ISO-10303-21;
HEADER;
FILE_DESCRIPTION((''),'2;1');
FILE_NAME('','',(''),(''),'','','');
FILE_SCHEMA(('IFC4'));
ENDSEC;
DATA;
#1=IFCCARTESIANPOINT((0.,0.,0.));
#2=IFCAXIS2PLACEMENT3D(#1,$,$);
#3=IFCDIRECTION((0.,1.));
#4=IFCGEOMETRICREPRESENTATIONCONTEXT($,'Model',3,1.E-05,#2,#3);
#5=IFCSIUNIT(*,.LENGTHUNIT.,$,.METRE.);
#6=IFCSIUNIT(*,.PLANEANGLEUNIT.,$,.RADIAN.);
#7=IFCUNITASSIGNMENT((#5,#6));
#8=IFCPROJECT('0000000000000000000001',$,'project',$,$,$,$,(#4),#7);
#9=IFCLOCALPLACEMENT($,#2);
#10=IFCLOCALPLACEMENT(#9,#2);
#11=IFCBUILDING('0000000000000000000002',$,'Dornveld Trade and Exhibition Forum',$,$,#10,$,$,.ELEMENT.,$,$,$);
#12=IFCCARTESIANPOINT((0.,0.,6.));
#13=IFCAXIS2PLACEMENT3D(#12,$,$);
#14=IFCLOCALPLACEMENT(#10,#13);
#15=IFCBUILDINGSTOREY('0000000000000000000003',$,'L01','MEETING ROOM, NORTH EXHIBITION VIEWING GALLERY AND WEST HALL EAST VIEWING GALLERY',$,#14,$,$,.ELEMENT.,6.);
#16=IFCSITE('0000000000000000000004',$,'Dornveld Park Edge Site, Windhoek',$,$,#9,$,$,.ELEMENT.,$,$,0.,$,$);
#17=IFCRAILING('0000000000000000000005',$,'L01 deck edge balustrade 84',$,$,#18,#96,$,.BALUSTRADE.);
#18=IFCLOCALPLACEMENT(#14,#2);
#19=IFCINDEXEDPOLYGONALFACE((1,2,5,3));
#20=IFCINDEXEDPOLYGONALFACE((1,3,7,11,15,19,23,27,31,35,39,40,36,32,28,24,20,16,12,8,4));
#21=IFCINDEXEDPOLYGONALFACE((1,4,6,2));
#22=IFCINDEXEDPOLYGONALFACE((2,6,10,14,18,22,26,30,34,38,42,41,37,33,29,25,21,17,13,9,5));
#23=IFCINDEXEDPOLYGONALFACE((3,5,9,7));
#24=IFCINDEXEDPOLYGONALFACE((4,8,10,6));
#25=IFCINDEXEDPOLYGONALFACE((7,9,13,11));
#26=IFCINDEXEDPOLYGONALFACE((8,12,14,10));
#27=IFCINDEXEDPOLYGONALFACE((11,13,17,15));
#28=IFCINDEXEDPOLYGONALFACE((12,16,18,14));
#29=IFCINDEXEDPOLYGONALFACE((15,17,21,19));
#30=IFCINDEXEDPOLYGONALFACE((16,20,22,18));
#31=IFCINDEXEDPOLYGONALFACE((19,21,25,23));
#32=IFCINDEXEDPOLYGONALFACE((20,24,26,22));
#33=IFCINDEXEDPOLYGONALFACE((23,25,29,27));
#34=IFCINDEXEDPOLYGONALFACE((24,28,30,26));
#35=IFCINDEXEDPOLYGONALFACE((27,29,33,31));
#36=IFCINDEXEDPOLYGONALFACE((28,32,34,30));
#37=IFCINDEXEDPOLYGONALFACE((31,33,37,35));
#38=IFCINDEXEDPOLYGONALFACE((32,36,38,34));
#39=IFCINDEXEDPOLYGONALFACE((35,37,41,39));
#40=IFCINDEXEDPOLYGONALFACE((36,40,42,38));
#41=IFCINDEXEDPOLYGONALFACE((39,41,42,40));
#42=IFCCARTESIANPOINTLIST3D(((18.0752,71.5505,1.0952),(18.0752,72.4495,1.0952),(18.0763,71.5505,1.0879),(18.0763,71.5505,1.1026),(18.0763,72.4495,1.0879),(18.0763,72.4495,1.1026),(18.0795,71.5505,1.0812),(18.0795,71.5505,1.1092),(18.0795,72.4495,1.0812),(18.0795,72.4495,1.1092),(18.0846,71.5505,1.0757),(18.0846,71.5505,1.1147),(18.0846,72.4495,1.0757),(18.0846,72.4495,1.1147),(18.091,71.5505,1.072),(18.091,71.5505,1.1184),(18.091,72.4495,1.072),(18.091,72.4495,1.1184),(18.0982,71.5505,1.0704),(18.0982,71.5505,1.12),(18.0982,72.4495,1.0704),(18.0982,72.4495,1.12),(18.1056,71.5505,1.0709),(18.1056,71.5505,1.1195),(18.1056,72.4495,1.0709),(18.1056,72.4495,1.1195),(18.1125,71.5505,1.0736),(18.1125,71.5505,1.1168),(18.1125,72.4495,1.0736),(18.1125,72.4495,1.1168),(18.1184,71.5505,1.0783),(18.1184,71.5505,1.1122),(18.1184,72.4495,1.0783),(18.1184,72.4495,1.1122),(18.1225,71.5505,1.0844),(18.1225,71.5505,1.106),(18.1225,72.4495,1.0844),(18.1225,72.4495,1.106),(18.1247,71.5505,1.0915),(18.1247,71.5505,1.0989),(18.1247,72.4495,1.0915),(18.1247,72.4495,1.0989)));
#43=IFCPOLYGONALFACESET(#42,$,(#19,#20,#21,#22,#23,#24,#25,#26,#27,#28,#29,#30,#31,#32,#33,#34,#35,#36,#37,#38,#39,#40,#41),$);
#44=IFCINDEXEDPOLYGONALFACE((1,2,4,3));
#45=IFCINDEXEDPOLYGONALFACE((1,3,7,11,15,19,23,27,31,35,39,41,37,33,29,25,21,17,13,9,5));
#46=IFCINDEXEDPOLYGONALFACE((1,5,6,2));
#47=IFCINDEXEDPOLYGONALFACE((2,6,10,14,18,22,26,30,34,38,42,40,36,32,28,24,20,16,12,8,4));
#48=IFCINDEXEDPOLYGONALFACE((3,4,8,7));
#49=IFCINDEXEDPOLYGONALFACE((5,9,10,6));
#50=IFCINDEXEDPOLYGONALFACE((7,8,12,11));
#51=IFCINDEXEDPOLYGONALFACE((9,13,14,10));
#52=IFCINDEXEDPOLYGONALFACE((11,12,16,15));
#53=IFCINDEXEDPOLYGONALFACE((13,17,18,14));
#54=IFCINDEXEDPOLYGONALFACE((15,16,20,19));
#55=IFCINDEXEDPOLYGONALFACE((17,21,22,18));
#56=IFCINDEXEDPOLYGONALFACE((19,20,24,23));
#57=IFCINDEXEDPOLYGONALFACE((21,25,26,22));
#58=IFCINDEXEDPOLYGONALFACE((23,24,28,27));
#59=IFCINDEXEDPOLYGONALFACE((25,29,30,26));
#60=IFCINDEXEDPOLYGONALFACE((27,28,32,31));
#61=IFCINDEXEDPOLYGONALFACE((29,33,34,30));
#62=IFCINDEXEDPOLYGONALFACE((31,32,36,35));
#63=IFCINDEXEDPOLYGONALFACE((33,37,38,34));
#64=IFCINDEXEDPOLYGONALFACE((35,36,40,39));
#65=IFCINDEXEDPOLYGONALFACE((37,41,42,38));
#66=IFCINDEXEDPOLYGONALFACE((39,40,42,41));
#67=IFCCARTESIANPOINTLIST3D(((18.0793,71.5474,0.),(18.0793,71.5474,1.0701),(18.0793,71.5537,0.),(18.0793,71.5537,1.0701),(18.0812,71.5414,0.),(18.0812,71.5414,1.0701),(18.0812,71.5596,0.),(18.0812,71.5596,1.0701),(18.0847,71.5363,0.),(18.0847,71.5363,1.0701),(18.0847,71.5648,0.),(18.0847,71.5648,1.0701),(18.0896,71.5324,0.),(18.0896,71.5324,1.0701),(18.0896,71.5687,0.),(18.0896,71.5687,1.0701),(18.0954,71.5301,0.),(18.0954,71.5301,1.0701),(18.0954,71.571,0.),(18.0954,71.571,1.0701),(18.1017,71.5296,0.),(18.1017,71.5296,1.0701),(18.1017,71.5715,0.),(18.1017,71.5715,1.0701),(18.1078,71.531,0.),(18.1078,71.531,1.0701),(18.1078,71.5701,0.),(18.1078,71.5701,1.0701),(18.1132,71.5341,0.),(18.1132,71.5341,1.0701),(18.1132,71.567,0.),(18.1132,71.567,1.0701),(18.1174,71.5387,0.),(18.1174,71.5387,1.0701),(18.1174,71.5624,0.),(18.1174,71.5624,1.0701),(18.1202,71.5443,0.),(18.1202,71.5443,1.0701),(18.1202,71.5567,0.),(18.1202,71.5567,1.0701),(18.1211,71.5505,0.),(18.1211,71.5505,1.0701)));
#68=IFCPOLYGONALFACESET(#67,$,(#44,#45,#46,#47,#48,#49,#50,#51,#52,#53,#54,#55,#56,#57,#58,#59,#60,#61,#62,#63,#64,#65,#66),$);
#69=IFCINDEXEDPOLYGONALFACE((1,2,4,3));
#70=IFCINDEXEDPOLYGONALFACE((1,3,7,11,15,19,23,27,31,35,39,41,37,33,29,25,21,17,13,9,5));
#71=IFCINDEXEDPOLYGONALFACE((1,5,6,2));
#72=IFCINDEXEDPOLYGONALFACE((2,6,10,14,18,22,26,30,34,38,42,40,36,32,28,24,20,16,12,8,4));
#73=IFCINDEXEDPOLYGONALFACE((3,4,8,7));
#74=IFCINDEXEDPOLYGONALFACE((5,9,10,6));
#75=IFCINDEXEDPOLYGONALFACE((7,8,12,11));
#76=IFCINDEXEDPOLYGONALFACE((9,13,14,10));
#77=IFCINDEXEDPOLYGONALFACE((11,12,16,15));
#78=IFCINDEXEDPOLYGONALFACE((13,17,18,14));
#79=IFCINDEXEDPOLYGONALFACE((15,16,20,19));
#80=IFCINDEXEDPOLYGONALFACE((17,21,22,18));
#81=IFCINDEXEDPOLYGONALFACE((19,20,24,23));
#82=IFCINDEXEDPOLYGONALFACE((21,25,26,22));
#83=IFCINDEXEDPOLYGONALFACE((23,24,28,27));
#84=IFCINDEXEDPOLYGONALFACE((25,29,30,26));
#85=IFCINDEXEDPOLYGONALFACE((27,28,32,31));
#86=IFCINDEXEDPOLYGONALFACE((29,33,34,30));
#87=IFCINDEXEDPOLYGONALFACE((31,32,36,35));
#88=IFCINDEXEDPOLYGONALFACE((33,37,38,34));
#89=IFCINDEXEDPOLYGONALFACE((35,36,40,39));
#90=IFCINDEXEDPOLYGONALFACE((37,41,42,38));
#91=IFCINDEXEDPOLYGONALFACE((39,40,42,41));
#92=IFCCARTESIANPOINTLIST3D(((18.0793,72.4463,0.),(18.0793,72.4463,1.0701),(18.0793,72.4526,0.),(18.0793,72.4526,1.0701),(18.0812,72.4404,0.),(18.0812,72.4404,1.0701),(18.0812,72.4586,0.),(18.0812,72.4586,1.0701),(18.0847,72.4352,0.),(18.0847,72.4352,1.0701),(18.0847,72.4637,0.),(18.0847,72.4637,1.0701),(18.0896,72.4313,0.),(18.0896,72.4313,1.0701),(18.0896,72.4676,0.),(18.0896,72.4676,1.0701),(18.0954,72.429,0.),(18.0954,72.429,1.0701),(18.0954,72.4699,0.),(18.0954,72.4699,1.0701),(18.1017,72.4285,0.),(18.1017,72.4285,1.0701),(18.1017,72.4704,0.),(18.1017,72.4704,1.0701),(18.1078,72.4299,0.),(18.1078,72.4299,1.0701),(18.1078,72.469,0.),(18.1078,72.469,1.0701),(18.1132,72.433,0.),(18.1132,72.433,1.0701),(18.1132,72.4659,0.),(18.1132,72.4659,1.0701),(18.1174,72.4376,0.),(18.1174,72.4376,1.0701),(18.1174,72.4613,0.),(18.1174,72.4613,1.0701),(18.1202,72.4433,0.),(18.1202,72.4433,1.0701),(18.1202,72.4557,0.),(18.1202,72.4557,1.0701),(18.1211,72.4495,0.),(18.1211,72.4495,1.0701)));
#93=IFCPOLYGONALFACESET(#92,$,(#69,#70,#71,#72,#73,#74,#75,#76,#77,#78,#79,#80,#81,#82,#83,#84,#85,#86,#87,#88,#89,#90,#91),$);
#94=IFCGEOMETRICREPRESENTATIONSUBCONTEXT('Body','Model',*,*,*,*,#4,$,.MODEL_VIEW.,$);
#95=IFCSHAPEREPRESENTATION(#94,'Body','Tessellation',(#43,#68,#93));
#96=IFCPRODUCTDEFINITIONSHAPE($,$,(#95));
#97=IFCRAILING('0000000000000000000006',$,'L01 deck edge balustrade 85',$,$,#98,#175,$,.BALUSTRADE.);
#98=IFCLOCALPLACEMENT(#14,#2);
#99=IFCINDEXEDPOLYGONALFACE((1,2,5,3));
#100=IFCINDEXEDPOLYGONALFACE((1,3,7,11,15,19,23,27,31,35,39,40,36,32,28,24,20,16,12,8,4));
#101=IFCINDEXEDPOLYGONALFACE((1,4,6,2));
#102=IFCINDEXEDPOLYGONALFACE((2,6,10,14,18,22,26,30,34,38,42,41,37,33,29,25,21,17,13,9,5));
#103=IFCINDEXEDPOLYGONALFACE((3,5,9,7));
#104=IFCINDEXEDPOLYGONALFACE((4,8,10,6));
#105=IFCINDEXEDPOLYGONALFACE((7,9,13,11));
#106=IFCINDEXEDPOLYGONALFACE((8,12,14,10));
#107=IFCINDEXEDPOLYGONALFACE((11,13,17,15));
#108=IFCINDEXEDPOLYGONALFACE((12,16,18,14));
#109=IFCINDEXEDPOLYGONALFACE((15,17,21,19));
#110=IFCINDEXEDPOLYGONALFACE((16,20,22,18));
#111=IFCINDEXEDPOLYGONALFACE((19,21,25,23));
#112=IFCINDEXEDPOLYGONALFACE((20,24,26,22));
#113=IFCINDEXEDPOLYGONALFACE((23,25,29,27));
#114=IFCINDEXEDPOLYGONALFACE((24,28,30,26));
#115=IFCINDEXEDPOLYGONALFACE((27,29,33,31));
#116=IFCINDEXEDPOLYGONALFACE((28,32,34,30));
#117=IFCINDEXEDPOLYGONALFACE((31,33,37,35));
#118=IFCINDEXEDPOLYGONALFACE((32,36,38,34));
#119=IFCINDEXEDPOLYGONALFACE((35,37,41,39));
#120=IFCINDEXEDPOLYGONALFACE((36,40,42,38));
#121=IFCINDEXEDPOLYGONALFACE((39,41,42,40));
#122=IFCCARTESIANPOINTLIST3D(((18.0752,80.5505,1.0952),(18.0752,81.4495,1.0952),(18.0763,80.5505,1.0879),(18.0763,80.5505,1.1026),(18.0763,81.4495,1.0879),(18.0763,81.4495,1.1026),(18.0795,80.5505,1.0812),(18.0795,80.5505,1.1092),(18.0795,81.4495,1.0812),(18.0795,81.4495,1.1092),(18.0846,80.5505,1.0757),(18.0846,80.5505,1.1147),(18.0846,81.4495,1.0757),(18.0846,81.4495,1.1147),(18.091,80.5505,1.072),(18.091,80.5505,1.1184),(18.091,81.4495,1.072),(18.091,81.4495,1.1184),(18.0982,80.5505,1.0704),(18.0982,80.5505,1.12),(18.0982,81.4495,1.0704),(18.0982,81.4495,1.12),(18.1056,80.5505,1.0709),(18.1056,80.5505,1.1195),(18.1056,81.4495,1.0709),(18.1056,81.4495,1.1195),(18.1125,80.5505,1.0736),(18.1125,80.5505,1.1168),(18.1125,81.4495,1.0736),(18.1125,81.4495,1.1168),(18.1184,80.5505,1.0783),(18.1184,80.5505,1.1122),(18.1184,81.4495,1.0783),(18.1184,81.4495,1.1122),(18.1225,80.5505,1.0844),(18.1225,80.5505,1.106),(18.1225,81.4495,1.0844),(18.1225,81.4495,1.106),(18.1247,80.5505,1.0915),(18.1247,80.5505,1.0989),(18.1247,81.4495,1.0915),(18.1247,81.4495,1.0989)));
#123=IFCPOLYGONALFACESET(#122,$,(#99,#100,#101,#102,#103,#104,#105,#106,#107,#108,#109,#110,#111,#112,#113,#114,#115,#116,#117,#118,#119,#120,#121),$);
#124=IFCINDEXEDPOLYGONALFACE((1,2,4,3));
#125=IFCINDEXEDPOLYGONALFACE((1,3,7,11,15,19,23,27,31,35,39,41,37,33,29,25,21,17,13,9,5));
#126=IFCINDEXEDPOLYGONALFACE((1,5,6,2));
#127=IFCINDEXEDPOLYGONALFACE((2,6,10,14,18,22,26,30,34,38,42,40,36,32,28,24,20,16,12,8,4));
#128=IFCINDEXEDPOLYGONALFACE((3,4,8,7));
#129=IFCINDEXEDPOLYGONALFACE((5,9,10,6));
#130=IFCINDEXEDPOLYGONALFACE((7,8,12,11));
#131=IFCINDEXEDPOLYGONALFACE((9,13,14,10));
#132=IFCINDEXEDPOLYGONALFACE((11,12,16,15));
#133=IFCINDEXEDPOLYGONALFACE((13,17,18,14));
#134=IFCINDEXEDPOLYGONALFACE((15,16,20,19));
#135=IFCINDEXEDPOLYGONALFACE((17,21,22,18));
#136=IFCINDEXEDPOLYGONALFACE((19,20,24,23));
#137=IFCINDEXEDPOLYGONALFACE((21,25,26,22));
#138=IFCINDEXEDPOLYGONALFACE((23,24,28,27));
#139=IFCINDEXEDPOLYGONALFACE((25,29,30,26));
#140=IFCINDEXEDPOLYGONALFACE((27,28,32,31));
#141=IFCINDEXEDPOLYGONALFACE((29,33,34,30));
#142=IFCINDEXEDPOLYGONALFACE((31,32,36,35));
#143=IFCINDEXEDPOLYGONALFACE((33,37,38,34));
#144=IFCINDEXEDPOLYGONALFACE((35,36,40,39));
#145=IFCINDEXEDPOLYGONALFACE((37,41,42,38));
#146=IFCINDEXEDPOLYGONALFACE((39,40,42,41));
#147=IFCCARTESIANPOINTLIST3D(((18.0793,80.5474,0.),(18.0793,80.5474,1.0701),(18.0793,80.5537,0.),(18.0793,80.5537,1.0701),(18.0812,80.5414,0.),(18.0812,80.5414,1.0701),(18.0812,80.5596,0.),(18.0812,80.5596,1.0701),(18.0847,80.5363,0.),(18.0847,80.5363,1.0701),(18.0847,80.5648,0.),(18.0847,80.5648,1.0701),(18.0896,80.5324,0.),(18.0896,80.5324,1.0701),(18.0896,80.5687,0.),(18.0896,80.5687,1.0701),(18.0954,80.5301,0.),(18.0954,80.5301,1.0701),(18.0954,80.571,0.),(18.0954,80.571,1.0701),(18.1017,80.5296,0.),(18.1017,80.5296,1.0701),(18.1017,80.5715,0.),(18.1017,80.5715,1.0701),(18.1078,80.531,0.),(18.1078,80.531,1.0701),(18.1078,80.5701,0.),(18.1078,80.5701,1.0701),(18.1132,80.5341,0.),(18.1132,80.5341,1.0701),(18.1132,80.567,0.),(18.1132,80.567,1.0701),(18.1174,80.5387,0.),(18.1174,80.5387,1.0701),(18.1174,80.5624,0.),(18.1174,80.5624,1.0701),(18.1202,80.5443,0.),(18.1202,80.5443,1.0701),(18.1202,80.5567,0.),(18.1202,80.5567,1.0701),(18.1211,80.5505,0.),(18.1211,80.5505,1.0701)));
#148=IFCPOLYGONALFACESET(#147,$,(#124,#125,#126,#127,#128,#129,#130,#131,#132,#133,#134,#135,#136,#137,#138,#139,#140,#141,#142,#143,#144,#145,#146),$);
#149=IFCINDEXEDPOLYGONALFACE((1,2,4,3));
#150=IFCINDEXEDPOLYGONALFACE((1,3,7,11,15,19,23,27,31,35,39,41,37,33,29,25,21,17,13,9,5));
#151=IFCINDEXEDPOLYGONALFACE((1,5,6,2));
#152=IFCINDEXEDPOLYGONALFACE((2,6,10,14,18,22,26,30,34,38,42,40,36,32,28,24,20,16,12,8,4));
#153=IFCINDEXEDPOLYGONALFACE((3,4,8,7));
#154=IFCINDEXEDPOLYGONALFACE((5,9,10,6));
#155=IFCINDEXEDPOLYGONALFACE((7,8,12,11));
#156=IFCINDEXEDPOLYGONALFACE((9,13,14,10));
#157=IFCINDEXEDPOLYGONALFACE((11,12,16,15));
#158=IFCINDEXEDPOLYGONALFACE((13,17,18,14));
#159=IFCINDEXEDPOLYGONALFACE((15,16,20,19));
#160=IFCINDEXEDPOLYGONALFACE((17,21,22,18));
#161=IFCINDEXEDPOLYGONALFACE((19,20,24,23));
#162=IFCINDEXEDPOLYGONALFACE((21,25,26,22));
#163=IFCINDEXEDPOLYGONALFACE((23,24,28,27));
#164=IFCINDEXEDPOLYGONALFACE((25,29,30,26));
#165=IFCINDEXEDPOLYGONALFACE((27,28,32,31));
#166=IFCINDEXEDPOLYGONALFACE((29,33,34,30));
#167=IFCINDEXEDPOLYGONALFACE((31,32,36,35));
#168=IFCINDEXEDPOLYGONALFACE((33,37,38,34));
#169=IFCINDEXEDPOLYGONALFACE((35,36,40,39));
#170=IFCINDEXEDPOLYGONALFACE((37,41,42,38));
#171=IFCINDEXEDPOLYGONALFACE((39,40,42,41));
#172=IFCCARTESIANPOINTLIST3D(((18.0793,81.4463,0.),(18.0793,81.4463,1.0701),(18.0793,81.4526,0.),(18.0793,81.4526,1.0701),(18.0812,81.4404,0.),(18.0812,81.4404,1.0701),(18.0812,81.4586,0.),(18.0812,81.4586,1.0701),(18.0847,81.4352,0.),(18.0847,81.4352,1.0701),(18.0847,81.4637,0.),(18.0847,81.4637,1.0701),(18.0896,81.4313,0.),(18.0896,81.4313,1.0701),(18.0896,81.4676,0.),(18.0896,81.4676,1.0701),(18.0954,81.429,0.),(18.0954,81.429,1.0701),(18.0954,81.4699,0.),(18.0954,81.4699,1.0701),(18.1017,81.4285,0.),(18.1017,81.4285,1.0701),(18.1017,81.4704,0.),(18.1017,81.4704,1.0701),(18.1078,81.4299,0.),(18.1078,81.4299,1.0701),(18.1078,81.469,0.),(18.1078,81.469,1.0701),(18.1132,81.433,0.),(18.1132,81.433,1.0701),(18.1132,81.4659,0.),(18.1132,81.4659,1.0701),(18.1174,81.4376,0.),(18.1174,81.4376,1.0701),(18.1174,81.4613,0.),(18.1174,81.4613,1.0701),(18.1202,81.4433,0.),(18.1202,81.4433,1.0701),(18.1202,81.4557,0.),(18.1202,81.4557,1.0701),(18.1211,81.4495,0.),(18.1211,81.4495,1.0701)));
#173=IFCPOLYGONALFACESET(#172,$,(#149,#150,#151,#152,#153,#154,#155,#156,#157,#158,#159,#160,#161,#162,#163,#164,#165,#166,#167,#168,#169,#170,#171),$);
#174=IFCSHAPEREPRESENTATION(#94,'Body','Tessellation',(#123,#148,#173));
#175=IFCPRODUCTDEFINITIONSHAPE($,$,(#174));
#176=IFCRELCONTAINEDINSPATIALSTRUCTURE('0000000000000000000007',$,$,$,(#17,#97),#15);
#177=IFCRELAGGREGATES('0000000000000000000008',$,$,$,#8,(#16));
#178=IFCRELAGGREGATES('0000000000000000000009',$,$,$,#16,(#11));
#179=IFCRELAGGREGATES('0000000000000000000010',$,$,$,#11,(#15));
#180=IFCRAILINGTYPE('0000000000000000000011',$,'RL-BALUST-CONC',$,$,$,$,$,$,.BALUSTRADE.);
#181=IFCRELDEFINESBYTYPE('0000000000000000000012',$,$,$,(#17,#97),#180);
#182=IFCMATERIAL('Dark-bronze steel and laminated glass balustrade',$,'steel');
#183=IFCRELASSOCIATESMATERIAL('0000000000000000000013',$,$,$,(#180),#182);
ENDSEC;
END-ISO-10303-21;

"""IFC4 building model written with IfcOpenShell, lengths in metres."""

from ifc_helpers import new_model, si_unit, direction, frame, origin, origin_2d, place, context, subcontext, project, spatial, circle, extrude, material, type_object, element, save


model = new_model("IFC4")

# Units and contexts
model_context = context("Model", 3, precision=1e-05, world=origin(), true_north=direction((0.0, 1.0)))
body_context = subcontext(model_context, "Body", "Model", "MODEL_VIEW")
ifc_project = project(units=[si_unit("LENGTHUNIT", "METRE"), si_unit("PLANEANGLEUNIT", "RADIAN")], contexts=[model_context])

# Site, building, storey
site_placement = place(None, origin())
site = spatial("IfcSite", under=ifc_project, at=site_placement, Name="Dornveld Park Edge Site, Windhoek", CompositionType="ELEMENT", RefElevation=0.0)
building_placement = place(site_placement, origin())
building = spatial("IfcBuilding", under=site, at=building_placement, Name="Dornveld Trade and Exhibition Forum", CompositionType="ELEMENT")
storey_placement = place(building_placement, frame((0.0, 0.0, 6.0)))
storey = spatial("IfcBuildingStorey", under=building, at=storey_placement, Name="L01", Description="MEETING ROOM, NORTH EXHIBITION VIEWING GALLERY AND WEST HALL EAST VIEWING GALLERY", CompositionType="ELEMENT", Elevation=6.0)

# Railings
ifc_material_1 = material(Name="Dark-bronze steel and laminated glass balustrade", Category="steel")
railing_type_1 = type_object("IfcRailingType", Name="RL-BALUST-CONC", PredefinedType="BALUSTRADE", material=ifc_material_1)
for number, where, name in (
    (1, (18.1001, 71.5505, 0.0), "L01 deck edge balustrade 84"),
    (2, (18.1001, 80.5505, 0.0), "L01 deck edge balustrade 85"),
):
    element("IfcRailing", number, at=place(storey_placement, frame(where)), inside=storey, type_object=railing_type_1, Name=name, PredefinedType="BALUSTRADE", context=body_context, shape_type="SweptSolid", body=[
        extrude(circle(Radius=0.0249, at=origin_2d()), frame((0.0, 0.0, 1.0952), z_axis=(0.0, 1.0, 0.0), x_axis=(-1.0, 0.0, 0.0)), (0.0, 0.0, 1.0), 0.8989),
        extrude(circle(Radius=0.021, at=origin_2d()), origin(), (0.0, 0.0, 1.0), 1.0701),
        extrude(circle(Radius=0.021, at=origin_2d()), frame((0.0, 0.8989, 0.0)), (0.0, 0.0, 1.0), 1.0701),
    ])

save(model, "model.ifc")
